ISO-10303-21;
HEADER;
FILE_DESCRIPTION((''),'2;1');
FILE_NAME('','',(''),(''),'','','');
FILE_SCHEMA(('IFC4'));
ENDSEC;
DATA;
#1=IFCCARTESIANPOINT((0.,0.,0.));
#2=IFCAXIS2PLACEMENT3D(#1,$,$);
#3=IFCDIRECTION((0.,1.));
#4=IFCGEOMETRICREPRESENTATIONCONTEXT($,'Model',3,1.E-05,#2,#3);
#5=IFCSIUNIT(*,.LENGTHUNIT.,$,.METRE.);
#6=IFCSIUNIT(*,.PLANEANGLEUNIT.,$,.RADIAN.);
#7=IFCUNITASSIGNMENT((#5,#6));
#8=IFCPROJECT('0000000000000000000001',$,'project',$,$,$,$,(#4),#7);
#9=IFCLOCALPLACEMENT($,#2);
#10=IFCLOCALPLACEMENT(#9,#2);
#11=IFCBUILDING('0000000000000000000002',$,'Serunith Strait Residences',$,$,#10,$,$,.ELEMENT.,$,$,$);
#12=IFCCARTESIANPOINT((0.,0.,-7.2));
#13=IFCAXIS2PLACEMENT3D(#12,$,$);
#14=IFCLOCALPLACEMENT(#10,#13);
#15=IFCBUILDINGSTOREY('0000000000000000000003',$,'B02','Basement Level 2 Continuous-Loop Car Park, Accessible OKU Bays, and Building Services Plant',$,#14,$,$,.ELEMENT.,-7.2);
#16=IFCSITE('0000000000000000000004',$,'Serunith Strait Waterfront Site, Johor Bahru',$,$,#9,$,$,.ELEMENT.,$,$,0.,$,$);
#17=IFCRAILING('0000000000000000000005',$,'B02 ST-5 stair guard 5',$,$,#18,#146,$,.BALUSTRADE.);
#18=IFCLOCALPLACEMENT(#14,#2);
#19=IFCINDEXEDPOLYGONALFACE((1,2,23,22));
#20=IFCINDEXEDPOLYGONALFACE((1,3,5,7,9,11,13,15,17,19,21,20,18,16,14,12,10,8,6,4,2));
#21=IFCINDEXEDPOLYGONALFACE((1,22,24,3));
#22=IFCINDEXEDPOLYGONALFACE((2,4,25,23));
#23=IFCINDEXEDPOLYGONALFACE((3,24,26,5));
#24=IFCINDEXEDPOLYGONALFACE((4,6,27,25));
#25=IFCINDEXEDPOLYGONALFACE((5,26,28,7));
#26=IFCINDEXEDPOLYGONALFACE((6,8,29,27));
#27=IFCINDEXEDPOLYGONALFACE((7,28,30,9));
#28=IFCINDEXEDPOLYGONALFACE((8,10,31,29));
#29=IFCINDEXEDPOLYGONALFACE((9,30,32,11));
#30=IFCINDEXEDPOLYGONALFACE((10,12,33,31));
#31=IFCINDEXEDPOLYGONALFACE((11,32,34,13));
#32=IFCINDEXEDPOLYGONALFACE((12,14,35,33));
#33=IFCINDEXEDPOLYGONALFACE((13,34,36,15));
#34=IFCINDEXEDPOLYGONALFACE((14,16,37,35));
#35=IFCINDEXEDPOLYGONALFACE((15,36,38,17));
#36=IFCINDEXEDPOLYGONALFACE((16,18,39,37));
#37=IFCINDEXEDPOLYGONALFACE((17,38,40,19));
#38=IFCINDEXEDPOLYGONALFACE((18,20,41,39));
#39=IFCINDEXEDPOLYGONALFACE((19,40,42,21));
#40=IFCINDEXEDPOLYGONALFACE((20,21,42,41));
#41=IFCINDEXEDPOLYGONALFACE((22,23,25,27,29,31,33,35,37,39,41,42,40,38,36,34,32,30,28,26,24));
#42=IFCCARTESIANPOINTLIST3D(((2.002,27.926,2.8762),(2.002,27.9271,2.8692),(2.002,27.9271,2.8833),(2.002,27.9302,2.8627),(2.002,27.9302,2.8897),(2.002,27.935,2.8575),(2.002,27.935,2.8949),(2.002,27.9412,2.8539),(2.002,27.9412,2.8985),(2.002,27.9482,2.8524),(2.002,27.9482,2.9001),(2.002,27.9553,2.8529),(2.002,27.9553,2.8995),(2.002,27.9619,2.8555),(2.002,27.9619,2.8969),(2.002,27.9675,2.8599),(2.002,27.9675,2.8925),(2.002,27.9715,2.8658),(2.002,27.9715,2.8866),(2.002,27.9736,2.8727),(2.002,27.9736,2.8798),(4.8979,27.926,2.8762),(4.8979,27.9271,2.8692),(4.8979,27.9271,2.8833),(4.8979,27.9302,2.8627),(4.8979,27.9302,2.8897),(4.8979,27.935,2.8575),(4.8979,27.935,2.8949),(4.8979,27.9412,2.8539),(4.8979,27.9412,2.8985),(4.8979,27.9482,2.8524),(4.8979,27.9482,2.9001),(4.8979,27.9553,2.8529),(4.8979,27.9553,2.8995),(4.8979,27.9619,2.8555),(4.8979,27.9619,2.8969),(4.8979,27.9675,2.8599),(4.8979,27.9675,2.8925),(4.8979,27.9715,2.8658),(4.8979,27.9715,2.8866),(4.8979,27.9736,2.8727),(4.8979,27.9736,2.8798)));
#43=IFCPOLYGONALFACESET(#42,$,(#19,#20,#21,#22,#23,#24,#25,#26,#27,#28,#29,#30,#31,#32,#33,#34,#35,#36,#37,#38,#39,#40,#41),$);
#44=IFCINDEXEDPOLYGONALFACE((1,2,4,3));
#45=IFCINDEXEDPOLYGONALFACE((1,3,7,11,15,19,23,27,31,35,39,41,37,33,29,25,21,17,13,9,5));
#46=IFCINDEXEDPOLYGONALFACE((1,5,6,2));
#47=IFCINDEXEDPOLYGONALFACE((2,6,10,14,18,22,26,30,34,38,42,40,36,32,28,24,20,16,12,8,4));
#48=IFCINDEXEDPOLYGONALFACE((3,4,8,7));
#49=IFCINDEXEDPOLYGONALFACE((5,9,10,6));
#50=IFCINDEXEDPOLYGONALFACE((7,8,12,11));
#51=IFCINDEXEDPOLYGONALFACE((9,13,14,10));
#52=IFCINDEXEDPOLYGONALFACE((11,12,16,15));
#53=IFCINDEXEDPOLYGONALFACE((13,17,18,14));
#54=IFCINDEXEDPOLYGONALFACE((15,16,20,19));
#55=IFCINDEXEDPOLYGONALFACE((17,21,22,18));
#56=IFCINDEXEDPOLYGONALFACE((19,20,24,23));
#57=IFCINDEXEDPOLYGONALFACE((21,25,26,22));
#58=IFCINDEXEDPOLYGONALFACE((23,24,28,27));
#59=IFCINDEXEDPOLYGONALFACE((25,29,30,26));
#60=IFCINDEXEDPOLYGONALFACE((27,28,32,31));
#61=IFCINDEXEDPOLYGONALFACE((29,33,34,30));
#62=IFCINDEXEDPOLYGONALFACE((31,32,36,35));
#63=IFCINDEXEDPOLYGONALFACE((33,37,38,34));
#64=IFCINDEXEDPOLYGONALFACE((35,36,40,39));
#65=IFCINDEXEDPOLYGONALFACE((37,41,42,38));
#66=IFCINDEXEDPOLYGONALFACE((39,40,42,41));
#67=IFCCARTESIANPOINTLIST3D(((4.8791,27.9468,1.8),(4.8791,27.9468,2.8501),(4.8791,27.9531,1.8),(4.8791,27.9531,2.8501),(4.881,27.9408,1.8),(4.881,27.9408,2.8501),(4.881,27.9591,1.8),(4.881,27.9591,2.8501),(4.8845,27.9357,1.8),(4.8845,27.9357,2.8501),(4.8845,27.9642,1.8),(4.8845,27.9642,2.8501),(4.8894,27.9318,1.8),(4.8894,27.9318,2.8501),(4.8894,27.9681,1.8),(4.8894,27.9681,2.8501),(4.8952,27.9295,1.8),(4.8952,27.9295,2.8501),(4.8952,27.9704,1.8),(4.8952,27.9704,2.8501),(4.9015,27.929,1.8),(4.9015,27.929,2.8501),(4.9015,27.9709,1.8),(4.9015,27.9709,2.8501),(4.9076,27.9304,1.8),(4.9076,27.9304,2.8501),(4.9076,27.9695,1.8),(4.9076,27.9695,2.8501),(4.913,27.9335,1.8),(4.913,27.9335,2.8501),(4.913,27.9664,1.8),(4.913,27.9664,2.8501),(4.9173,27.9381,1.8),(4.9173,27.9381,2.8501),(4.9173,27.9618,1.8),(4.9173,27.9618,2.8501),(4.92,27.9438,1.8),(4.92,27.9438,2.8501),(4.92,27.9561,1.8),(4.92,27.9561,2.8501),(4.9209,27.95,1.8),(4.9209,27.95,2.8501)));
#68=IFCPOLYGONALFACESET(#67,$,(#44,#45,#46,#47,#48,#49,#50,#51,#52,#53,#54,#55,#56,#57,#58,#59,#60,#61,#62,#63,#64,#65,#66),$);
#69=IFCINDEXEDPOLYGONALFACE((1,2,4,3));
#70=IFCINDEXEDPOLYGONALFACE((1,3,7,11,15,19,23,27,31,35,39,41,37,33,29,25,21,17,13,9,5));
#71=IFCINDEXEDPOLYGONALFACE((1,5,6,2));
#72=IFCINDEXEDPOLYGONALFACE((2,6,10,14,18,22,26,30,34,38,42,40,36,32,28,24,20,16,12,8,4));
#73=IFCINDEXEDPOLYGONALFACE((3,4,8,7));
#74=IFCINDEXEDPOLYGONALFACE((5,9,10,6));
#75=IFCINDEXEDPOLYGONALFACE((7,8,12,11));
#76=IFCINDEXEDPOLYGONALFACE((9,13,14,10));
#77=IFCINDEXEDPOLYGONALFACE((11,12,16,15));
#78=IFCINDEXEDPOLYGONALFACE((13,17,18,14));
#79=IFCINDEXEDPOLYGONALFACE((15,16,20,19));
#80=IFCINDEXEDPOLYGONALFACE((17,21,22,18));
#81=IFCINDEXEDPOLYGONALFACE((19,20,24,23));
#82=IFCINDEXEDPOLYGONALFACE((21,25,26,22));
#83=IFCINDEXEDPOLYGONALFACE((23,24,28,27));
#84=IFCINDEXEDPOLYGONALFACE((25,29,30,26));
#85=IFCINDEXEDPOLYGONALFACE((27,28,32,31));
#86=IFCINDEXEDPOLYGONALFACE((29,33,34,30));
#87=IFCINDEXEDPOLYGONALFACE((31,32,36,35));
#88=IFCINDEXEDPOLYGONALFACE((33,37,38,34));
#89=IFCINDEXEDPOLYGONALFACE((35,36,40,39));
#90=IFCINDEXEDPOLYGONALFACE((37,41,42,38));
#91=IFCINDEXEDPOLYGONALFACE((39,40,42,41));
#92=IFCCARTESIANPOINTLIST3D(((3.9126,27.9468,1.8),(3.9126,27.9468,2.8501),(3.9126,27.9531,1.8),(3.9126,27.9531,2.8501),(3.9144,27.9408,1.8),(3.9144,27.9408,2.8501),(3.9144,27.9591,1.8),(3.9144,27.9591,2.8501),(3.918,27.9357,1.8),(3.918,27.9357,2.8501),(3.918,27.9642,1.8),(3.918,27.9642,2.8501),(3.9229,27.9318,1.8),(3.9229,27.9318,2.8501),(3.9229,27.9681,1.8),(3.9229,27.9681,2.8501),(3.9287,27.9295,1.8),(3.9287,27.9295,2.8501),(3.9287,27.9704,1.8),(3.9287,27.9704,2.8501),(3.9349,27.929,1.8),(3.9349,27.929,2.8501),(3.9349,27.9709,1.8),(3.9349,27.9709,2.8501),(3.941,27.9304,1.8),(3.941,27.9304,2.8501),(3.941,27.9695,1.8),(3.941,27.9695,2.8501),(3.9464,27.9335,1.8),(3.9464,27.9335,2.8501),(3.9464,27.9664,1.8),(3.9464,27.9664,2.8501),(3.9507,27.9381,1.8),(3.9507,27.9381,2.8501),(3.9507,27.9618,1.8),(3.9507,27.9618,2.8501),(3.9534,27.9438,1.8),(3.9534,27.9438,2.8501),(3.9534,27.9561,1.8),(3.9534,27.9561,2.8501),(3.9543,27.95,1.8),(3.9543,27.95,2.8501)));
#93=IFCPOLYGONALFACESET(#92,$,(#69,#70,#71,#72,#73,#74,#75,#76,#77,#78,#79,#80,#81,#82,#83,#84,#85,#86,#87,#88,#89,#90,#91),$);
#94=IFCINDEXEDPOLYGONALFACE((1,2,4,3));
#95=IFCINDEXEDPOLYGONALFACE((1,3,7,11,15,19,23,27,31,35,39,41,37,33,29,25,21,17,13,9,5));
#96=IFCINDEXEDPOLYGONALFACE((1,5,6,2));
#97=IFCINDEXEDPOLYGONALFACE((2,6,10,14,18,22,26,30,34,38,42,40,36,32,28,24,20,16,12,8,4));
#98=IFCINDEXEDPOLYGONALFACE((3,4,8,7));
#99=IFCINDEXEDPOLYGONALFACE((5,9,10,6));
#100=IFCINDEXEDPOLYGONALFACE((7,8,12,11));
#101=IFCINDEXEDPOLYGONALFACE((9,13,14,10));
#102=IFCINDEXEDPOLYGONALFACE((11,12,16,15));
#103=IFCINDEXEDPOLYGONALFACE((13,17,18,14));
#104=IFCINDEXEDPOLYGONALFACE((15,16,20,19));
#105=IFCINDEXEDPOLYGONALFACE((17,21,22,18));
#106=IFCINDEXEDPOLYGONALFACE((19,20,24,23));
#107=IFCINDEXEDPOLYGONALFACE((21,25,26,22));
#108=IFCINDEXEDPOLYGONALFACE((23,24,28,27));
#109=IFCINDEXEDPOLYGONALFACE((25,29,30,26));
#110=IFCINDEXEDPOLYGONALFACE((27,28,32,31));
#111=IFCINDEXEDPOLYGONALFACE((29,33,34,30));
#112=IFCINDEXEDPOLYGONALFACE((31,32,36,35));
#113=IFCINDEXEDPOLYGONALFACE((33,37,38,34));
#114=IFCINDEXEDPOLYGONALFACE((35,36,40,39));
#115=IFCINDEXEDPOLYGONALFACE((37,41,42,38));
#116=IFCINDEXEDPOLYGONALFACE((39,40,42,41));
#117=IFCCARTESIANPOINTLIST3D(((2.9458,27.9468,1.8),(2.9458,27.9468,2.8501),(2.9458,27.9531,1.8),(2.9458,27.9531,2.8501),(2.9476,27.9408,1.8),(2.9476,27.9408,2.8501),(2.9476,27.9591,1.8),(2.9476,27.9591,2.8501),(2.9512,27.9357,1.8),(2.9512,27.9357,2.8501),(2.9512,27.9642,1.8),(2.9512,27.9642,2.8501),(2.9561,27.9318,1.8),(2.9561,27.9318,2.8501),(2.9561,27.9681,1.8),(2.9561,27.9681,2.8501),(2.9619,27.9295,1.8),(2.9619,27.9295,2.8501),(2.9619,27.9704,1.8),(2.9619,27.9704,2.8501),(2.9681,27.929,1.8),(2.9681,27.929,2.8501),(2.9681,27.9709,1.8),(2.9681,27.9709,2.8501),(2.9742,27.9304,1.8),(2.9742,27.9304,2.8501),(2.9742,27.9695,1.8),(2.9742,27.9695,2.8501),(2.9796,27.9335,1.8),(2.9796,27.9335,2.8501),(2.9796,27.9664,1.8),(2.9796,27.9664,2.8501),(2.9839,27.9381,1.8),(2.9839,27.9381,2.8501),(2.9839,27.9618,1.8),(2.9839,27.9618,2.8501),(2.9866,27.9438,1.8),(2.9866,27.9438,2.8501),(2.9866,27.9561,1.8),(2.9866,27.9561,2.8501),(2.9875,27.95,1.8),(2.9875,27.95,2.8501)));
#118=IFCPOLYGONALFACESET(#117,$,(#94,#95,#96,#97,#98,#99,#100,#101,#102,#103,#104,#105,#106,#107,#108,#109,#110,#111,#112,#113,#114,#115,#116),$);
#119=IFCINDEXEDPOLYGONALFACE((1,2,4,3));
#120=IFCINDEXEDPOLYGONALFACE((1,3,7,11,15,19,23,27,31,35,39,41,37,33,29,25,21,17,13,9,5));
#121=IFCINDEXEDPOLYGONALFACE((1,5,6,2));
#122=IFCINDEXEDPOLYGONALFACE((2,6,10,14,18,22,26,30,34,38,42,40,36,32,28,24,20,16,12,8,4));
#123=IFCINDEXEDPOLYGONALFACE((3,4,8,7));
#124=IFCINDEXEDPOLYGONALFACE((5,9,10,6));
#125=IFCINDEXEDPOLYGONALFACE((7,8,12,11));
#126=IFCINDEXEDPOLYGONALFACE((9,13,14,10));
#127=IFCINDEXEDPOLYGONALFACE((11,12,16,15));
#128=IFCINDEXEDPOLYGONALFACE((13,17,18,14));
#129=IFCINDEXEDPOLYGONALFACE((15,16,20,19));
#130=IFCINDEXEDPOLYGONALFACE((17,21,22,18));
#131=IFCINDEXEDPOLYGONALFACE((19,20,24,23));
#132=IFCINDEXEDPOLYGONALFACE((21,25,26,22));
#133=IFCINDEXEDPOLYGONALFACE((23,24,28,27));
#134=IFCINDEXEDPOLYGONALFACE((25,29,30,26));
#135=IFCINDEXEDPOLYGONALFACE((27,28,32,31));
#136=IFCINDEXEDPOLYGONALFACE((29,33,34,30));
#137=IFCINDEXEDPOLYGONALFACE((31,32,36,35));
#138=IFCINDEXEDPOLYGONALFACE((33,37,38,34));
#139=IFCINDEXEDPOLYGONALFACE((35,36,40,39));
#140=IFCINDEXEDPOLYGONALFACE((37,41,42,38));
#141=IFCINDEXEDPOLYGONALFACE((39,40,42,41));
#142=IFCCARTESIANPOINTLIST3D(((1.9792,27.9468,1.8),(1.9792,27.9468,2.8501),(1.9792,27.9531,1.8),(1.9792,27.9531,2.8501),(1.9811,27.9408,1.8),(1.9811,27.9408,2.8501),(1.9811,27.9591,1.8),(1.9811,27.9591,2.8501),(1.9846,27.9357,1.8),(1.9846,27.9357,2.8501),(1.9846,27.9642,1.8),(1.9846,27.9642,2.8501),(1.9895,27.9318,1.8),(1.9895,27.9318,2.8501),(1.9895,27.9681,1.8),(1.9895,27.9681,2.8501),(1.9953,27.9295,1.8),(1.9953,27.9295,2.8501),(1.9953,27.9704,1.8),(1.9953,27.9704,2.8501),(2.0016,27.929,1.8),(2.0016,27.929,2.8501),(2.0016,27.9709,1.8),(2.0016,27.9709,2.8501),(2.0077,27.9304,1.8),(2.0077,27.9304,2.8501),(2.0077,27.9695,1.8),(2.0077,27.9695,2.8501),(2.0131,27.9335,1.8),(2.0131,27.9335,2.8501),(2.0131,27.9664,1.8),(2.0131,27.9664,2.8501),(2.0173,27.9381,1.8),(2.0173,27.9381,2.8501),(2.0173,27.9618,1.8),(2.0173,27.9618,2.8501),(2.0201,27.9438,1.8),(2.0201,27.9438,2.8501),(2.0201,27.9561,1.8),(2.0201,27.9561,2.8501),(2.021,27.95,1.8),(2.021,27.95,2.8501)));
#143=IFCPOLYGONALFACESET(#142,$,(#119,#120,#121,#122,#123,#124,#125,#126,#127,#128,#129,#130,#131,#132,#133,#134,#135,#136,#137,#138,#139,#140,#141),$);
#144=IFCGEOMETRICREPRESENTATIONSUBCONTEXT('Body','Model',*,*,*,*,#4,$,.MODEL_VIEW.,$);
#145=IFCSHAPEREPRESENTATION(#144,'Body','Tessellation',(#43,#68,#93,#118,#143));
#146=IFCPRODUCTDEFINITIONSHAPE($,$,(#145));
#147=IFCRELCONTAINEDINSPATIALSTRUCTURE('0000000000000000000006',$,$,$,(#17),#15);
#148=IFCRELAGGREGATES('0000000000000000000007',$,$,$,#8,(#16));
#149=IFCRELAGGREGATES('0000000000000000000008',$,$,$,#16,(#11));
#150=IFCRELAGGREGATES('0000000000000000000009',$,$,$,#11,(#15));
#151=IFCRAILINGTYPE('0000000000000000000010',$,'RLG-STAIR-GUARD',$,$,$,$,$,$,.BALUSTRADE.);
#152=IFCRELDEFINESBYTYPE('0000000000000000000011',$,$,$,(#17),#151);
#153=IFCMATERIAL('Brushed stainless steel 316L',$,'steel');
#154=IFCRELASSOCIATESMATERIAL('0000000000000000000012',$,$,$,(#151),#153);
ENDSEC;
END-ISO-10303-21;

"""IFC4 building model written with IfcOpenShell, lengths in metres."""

from ifc_helpers import new_model, si_unit, direction, frame, origin, origin_2d, place, context, subcontext, project, spatial, circle, extrude, material, type_object, element, save


model = new_model("IFC4")

# Units and contexts
model_context = context("Model", 3, precision=1e-05, world=origin(), true_north=direction((0.0, 1.0)))
body_context = subcontext(model_context, "Body", "Model", "MODEL_VIEW")
ifc_project = project(units=[si_unit("LENGTHUNIT", "METRE"), si_unit("PLANEANGLEUNIT", "RADIAN")], contexts=[model_context])

# Site, building, storey
site_placement = place(None, origin())
site = spatial("IfcSite", under=ifc_project, at=site_placement, Name="Serunith Strait Waterfront Site, Johor Bahru", CompositionType="ELEMENT", RefElevation=0.0)
building_placement = place(site_placement, origin())
building = spatial("IfcBuilding", under=site, at=building_placement, Name="Serunith Strait Residences", CompositionType="ELEMENT")
storey_placement = place(building_placement, frame((0.0, 0.0, -7.2)))
storey = spatial("IfcBuildingStorey", under=building, at=storey_placement, Name="B02", Description="Basement Level 2 Continuous-Loop Car Park, Accessible OKU Bays, and Building Services Plant", CompositionType="ELEMENT", Elevation=-7.2)

# Railing
ifc_material_1 = material(Name="Brushed stainless steel 316L", Category="steel")
railing_type_1 = type_object("IfcRailingType", Name="RLG-STAIR-GUARD", PredefinedType="BALUSTRADE", material=ifc_material_1)
railing_1_placement = place(storey_placement, frame((4.8999, 27.95, 1.8)))
element("IfcRailing", 1, at=railing_1_placement, inside=storey, type_object=railing_type_1, Name="B02 ST-5 stair guard 5", PredefinedType="BALUSTRADE", context=body_context, shape_type="SweptSolid", body=[
    extrude(circle(Radius=0.0239, at=origin_2d()), frame((-0.002, 0.0, 1.0762), z_axis=(-1.0, 0.0, 0.0), x_axis=(0.0, -1.0, 0.0)), (0.0, 0.0, 1.0), 2.896),
    extrude(circle(Radius=0.021, at=origin_2d()), origin(), (0.0, 0.0, 1.0), 1.05),
    extrude(circle(Radius=0.021, at=origin_2d()), frame((-0.9666, 0.0, 0.0)), (0.0, 0.0, 1.0), 1.05),
    extrude(circle(Radius=0.021, at=origin_2d()), frame((-1.9333, 0.0, 0.0)), (0.0, 0.0, 1.0), 1.05),
    extrude(circle(Radius=0.021, at=origin_2d()), frame((-2.8999, 0.0, 0.0)), (0.0, 0.0, 1.0), 1.05),
])

save(model, "model.ifc")
